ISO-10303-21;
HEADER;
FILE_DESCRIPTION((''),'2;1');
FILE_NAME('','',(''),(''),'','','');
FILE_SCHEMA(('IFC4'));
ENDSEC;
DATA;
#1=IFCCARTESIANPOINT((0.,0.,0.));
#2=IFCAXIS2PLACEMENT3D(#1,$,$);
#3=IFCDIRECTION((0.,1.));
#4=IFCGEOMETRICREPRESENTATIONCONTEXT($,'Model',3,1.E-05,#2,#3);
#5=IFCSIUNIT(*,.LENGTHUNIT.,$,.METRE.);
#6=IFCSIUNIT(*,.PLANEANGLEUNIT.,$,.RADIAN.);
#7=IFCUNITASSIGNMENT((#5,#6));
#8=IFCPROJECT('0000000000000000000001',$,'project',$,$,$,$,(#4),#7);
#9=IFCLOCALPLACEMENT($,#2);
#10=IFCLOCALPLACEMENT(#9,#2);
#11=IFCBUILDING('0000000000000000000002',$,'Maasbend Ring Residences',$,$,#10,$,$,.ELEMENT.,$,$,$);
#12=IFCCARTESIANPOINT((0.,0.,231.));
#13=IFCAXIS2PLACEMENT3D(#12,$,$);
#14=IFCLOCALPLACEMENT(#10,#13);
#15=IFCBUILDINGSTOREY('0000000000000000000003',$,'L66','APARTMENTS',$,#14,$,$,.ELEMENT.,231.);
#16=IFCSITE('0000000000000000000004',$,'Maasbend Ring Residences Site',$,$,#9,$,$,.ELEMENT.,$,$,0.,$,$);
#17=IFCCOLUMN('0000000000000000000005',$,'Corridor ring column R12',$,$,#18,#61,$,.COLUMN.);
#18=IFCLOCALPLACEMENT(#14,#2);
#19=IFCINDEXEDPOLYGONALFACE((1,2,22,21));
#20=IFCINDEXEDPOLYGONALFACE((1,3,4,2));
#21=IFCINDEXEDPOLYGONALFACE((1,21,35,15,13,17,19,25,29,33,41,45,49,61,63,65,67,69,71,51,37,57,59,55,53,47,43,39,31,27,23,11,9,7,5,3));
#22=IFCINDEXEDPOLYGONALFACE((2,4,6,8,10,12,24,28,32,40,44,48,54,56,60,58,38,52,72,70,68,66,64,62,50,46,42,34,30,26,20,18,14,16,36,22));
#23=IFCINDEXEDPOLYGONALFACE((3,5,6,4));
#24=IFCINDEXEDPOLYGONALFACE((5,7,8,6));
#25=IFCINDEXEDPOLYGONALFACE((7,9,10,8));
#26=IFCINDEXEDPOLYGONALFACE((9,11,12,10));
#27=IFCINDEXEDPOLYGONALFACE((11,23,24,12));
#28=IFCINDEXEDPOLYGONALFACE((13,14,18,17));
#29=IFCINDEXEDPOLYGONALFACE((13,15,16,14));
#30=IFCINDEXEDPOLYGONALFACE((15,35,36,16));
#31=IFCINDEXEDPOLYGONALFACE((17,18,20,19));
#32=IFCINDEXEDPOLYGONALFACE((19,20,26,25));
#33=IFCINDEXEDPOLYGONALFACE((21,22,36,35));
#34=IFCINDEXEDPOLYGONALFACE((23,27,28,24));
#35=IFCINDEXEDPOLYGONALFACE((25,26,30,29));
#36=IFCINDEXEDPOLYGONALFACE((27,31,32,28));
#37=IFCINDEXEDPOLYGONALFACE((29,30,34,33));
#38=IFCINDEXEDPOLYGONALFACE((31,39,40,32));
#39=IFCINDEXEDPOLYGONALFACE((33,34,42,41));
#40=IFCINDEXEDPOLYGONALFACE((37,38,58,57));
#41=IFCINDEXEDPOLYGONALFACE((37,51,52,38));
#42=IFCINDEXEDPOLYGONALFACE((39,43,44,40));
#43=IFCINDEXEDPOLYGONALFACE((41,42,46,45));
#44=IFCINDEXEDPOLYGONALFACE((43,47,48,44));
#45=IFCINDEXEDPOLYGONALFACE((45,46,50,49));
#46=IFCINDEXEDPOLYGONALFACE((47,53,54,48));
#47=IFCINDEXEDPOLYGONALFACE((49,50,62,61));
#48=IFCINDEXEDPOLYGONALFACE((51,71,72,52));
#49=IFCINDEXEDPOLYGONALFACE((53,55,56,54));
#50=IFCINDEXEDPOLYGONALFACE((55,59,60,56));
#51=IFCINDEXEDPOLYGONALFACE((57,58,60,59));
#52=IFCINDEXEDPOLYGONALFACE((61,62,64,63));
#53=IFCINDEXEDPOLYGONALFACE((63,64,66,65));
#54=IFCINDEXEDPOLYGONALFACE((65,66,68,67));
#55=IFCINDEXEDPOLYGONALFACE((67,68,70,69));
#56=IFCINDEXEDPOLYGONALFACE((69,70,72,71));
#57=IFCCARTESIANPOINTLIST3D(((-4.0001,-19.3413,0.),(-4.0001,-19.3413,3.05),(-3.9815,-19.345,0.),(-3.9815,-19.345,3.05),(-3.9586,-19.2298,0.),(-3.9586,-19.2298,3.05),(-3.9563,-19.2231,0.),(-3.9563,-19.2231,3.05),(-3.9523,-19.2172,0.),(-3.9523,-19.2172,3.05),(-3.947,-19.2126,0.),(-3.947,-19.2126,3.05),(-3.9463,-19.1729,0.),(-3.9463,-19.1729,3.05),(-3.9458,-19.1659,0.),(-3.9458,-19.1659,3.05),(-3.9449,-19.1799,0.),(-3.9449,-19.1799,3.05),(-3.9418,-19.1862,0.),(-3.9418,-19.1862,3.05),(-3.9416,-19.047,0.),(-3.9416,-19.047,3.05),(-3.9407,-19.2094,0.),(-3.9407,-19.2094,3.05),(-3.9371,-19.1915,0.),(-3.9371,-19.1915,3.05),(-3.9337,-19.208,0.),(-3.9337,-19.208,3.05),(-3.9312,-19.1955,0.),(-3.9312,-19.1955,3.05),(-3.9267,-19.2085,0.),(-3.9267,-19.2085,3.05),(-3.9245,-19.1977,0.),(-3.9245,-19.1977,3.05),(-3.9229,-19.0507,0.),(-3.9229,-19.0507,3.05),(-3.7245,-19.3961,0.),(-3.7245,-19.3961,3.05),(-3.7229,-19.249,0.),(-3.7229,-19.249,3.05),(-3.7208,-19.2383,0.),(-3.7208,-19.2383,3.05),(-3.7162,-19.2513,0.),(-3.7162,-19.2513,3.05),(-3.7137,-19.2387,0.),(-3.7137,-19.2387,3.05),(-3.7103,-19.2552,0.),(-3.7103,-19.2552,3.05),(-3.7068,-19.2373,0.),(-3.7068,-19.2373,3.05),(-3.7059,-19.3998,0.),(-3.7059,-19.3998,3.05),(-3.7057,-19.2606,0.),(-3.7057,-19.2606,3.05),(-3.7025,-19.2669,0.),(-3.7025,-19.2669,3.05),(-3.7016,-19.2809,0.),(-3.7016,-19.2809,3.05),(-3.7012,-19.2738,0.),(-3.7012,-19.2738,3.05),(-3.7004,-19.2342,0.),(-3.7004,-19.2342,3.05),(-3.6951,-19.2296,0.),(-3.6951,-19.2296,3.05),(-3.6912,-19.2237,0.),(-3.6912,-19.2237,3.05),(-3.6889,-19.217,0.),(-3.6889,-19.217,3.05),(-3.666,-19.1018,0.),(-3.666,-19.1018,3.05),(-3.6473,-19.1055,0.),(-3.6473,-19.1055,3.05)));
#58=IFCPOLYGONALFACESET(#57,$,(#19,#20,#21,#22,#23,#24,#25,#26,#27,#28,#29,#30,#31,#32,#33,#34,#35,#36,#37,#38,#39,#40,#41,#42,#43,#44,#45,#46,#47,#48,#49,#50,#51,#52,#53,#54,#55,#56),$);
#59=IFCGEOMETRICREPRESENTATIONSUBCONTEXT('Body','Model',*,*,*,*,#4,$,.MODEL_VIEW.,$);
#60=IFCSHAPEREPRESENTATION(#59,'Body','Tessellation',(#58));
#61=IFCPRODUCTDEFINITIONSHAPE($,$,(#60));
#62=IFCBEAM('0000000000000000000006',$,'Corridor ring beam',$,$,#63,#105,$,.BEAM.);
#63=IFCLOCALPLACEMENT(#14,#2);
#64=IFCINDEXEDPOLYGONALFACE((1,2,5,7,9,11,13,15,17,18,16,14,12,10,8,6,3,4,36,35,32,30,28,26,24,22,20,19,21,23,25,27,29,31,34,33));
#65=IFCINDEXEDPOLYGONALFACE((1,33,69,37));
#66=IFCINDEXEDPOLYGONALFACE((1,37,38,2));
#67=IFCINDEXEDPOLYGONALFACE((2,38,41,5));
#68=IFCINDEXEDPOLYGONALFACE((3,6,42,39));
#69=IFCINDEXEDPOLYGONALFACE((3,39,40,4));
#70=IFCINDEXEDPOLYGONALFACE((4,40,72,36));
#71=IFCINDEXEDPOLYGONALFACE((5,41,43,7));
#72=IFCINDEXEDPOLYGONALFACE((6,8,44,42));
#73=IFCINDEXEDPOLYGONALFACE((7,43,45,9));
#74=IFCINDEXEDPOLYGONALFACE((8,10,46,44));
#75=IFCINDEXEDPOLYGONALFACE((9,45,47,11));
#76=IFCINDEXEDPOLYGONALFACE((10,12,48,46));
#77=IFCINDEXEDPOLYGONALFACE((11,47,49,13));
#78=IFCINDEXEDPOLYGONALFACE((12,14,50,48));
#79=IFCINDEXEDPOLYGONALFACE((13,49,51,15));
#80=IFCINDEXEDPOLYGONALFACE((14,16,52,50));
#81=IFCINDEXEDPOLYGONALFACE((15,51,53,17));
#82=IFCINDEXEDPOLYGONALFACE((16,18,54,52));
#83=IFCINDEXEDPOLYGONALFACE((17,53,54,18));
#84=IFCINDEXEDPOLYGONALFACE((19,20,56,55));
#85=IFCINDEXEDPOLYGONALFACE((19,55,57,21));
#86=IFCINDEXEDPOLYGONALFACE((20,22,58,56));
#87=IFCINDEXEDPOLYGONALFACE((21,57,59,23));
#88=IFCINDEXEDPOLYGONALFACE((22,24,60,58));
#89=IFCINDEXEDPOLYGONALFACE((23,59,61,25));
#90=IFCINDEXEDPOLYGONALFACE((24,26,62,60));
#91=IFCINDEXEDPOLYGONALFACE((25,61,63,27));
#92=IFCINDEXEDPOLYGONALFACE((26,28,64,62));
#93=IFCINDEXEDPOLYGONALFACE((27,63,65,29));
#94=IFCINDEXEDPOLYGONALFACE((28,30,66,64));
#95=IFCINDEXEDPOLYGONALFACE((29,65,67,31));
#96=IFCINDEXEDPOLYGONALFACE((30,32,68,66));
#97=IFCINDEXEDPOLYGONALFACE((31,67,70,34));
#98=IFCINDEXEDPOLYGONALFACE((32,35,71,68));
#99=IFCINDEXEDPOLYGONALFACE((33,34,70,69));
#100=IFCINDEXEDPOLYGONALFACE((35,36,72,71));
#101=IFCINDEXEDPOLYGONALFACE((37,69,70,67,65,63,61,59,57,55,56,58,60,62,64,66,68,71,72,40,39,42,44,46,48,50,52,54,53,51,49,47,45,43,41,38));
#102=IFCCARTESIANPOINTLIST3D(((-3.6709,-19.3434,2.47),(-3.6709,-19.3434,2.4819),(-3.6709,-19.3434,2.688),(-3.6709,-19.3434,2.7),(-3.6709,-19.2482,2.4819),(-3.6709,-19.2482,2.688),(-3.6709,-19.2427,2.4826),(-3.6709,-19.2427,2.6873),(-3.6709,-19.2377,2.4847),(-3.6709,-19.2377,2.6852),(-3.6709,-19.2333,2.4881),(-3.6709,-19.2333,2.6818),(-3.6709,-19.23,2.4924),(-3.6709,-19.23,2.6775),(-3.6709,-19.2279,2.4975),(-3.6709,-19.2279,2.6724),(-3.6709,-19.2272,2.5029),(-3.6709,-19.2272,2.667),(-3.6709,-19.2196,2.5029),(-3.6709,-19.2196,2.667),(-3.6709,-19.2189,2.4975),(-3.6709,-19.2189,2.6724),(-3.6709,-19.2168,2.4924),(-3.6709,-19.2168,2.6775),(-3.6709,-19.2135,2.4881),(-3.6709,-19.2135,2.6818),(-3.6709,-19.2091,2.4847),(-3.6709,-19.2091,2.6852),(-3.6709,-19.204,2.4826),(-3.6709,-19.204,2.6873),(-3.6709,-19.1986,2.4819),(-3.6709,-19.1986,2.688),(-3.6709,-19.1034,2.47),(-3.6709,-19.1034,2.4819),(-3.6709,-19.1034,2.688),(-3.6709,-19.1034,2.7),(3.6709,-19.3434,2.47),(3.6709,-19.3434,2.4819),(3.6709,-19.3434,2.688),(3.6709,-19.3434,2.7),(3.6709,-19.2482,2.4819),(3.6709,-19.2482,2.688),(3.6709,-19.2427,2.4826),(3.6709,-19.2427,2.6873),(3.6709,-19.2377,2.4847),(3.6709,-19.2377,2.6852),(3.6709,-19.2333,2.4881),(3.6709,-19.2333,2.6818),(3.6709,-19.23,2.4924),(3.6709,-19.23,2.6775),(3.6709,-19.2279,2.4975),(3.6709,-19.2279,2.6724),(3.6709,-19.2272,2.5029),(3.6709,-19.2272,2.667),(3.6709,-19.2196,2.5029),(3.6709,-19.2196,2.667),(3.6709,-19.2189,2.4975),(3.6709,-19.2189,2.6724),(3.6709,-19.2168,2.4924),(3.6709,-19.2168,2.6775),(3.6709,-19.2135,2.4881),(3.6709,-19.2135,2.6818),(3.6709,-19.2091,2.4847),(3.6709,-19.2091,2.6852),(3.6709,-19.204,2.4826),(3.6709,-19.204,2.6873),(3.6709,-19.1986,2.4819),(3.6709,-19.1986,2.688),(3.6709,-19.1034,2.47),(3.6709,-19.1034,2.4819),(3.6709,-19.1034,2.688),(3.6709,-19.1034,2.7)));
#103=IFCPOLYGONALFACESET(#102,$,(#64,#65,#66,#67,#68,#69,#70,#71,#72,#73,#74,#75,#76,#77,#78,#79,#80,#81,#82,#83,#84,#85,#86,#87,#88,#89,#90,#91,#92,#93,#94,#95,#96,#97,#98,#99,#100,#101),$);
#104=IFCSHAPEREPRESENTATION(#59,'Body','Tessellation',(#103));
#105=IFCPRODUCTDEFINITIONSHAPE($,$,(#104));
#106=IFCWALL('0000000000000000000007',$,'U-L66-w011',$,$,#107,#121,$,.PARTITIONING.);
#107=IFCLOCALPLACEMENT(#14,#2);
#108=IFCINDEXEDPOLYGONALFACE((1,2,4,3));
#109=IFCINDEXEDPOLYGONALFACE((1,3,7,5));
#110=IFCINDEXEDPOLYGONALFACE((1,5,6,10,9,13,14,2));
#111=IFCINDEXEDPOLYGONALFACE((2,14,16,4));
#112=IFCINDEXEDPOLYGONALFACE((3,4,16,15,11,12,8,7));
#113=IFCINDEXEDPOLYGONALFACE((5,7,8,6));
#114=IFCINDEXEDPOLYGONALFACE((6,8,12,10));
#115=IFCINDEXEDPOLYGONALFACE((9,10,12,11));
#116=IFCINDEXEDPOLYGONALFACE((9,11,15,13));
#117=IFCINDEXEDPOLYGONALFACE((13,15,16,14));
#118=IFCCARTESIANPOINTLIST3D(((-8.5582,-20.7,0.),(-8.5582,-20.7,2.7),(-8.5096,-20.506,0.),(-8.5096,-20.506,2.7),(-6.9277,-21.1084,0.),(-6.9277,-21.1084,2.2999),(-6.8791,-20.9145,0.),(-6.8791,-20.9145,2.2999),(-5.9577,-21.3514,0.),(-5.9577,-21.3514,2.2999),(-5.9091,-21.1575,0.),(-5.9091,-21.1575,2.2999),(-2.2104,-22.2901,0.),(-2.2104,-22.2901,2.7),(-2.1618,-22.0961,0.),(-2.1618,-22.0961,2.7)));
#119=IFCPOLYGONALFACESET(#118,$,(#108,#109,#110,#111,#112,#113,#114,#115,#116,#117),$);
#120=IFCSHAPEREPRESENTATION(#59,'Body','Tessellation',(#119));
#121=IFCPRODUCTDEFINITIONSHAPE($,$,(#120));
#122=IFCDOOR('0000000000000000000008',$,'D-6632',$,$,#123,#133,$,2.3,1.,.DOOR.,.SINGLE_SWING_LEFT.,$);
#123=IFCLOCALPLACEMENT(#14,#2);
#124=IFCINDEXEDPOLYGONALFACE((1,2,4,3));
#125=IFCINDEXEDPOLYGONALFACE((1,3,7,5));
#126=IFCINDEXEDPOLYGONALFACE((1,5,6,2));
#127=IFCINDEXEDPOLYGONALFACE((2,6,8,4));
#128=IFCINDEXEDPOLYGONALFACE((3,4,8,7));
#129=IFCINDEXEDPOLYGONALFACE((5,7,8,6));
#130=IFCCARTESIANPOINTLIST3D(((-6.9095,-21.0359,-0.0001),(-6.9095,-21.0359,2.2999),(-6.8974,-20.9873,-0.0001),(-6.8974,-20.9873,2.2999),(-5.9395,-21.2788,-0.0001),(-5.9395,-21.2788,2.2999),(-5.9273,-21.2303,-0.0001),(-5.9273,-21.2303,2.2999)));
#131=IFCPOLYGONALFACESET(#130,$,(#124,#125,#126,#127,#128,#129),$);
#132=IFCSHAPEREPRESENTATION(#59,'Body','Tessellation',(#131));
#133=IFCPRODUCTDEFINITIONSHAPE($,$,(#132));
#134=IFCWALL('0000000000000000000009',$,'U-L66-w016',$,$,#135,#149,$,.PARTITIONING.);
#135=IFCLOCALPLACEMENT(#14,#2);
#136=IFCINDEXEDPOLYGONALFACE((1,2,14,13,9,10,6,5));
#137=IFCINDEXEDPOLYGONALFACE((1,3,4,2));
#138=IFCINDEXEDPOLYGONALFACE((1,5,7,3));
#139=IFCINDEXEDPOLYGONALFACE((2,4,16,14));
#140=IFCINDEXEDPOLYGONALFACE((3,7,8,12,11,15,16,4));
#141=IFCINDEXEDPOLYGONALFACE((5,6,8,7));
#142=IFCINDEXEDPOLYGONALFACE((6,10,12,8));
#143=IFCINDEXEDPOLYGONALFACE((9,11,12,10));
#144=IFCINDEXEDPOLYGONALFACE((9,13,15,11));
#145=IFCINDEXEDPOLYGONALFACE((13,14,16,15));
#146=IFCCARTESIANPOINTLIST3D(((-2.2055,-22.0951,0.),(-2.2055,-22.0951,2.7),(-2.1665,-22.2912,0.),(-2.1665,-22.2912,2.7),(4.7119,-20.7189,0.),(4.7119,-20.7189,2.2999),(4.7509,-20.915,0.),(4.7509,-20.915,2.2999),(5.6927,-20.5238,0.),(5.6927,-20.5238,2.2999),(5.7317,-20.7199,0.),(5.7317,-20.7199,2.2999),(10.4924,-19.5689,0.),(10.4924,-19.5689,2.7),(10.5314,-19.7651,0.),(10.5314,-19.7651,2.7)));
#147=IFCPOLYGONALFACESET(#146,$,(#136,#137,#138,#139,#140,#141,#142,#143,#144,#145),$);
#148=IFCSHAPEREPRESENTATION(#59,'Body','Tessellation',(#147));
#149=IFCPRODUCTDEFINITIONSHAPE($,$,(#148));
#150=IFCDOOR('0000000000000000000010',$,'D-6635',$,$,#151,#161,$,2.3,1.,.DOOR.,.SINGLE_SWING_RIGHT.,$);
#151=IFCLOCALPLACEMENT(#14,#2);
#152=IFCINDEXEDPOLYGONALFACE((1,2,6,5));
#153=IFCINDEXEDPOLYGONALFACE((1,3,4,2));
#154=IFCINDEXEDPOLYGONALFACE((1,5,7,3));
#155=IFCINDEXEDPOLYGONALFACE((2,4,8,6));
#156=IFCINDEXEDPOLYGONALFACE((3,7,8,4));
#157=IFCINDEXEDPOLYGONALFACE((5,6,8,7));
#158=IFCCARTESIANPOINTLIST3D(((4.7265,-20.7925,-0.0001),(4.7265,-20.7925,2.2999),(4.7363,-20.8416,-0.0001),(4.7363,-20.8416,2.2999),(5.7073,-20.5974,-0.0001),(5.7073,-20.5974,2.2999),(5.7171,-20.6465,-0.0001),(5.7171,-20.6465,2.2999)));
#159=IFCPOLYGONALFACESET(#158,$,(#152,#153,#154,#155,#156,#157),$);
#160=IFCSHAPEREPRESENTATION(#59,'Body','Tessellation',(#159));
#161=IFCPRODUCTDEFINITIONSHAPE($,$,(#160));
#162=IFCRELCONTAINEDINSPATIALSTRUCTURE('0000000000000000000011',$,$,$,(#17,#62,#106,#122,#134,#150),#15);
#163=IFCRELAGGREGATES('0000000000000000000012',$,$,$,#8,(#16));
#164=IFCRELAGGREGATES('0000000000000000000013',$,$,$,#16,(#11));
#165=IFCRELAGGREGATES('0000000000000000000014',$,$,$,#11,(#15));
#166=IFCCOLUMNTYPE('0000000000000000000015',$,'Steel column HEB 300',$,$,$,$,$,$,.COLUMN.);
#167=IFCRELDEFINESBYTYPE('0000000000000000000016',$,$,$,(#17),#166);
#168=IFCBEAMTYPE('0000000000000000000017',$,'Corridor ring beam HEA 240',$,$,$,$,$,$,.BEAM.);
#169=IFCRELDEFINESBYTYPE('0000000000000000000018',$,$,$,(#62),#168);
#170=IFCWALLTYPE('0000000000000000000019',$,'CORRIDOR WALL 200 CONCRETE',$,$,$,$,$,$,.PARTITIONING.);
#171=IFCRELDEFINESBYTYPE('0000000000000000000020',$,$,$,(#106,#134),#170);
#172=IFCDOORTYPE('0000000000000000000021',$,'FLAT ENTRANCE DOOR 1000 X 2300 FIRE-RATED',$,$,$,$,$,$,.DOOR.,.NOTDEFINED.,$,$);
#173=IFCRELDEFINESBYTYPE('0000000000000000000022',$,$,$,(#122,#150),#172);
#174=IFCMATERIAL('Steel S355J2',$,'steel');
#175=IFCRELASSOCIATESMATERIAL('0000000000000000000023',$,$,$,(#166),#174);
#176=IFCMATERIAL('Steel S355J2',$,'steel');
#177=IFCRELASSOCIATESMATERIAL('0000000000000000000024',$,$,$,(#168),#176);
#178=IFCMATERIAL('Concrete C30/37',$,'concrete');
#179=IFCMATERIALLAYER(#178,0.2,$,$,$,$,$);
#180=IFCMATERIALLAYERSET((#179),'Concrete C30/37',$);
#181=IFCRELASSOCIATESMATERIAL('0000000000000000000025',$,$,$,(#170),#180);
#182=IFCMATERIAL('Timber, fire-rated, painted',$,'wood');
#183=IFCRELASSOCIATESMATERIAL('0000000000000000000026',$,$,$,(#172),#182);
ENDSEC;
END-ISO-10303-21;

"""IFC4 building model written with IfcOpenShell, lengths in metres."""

from ifc_helpers import new_model, si_unit, direction, frame, frame_2d, origin, origin_2d, place, context, subcontext, project, spatial, rectangle, i_section, extrude, material, layer, layer_set, material_profile, profile_set, type_object, element, fill, save


model = new_model("IFC4")

# Units and contexts
model_context = context("Model", 3, precision=1e-05, world=origin(), true_north=direction((0.0, 1.0)))
body_context = subcontext(model_context, "Body", "Model", "MODEL_VIEW")
ifc_project = project(units=[si_unit("LENGTHUNIT", "METRE"), si_unit("PLANEANGLEUNIT", "RADIAN")], contexts=[model_context])

# Site, building, storey
site_placement = place(None, origin())
site = spatial("IfcSite", under=ifc_project, at=site_placement, Name="Maasbend Ring Residences Site", CompositionType="ELEMENT", RefElevation=0.0)
building_placement = place(site_placement, origin())
building = spatial("IfcBuilding", under=site, at=building_placement, Name="Maasbend Ring Residences", CompositionType="ELEMENT")
storey_placement = place(building_placement, frame((0.0, 0.0, 231.0)))
storey = spatial("IfcBuildingStorey", under=building, at=storey_placement, Name="L66", Description="APARTMENTS", CompositionType="ELEMENT", Elevation=231.0)

# Column
ifc_material_1 = material(Name="Steel S355J2", Category="steel")
ifc_material_profile_1 = material_profile(ifc_material_1, i_section(OverallWidth=0.3, OverallDepth=0.3, WebThickness=0.011, FlangeThickness=0.019, FilletRadius=0.0271, at=origin_2d()), Name="HEB 300")
ifc_profile_set_1 = profile_set([ifc_material_profile_1], Name="Steel S355J2")
column_type = type_object("IfcColumnType", Name="Steel column HEB 300", PredefinedType="COLUMN", material=ifc_profile_set_1)
column_placement = place(storey_placement, frame((-3.8237, -19.2234, 0.0), z_axis=(0.0, 0.0, 1.0), x_axis=(-0.19509, -0.980785, 0.0)))
element("IfcColumn", 1, at=column_placement, inside=storey, type_object=column_type, Name="Corridor ring column R12", PredefinedType="COLUMN", context=body_context, shape_type="SweptSolid", body=[
    extrude(i_section(OverallWidth=0.3, OverallDepth=0.3, WebThickness=0.011, FlangeThickness=0.019, FilletRadius=0.0271, at=origin_2d()), origin(), (0.0, 0.0, 1.0), 3.05),
])

# Beam
ifc_material_2 = material(Name="Steel S355J2", Category="steel")
ifc_material_profile_2 = material_profile(ifc_material_2, i_section(OverallWidth=0.24, OverallDepth=0.23, WebThickness=0.0076, FlangeThickness=0.012, FilletRadius=0.021, at=origin_2d()), Name="HEA 240")
ifc_profile_set_2 = profile_set([ifc_material_profile_2], Name="Steel S355J2")
beam_type = type_object("IfcBeamType", Name="Corridor ring beam HEA 240", PredefinedType="BEAM", material=ifc_profile_set_2)
beam_placement = place(storey_placement, frame((-3.6709, -19.2234, 2.585), z_axis=(1.0, 0.0, 0.0), x_axis=(0.0, 1.0, 0.0)))
element("IfcBeam", 2, at=beam_placement, inside=storey, type_object=beam_type, Name="Corridor ring beam", PredefinedType="BEAM", context=body_context, shape_type="SweptSolid", body=[
    extrude(i_section(OverallWidth=0.24, OverallDepth=0.23, WebThickness=0.0076, FlangeThickness=0.012, FilletRadius=0.021, at=origin_2d()), origin(), (0.0, 0.0, 1.0), 7.3418),
])

# Walls, openings, doors
ifc_material_3 = material(Name="Concrete C30/37", Category="concrete")
ifc_layer_1 = layer(ifc_material_3, 0.2)
ifc_layer_set_1 = layer_set([ifc_layer_1], Name="Concrete C30/37")
wall_type_1 = type_object("IfcWallType", Name="CORRIDOR WALL 200 CONCRETE", PredefinedType="PARTITIONING", material=ifc_layer_set_1)
wall_1_placement = place(storey_placement, frame((-8.5339, -20.603, 0.0), z_axis=(0.0, 0.0, 1.0), x_axis=(0.97003, -0.242983, 0.0)))
wall_1 = element("IfcWall", 3, at=wall_1_placement, inside=storey, type_object=wall_type_1, Name="U-L66-w011", PredefinedType="PARTITIONING", context=body_context, shape_type="SweptSolid", body=[
    extrude(rectangle(XDim=6.5439, YDim=0.2, at=frame_2d((3.272, 0.0))), origin(), (0.0, 0.0, 1.0), 2.7),
])
opening_1_placement = place(wall_1_placement, frame((1.6809, 0.0, 0.0)))
opening_1 = element("IfcOpeningElement", 4, at=opening_1_placement, cuts=wall_1, PredefinedType="OPENING", context=body_context, shape_type="SweptSolid", body=[
    extrude(rectangle(XDim=1.0, YDim=2.3, at=frame_2d((0.5, 1.1499))), frame((0.0, 0.1099, 0.0), z_axis=(0.0, -1.0, 0.0), x_axis=(1.0, 0.0, 0.0)), (0.0, 0.0, 1.0), 0.22),
])
ifc_material_4 = material(Name="Timber, fire-rated, painted", Category="wood")
door_type_1 = type_object("IfcDoorType", Name="FLAT ENTRANCE DOOR 1000 X 2300 FIRE-RATED", OperationType="NOTDEFINED", PredefinedType="DOOR", material=ifc_material_4)
door_1_placement = place(opening_1_placement, origin())
door_1 = element("IfcDoor", 5, at=door_1_placement, inside=storey, type_object=door_type_1, Name="D-6632", OperationType="SINGLE_SWING_LEFT", OverallHeight=2.3, OverallWidth=1.0, PredefinedType="DOOR", context=body_context, shape_type="SweptSolid", body=[
    extrude(rectangle(XDim=1.0, YDim=2.3, at=frame_2d((0.5, 1.1499))), frame((0.0, 0.0249, 0.0), z_axis=(0.0, -1.0, 0.0), x_axis=(1.0, 0.0, 0.0)), (0.0, 0.0, 1.0), 0.05),
])
fill(opening_1, door_1)
wall_2_placement = place(storey_placement, frame((-2.186, -22.1931, 0.0), z_axis=(0.0, 0.0, 1.0), x_axis=(0.98078, 0.195115, 0.0)))
wall_2 = element("IfcWall", 6, at=wall_2_placement, inside=storey, type_object=wall_type_1, Name="U-L66-w016", PredefinedType="PARTITIONING", context=body_context, shape_type="SweptSolid", body=[
    extrude(rectangle(XDim=12.9468, YDim=0.2, at=frame_2d((6.4734, 0.0))), origin(), (0.0, 0.0, 1.0), 2.7),
])
opening_2_placement = place(wall_2_placement, frame((7.053, 0.0, 0.0)))
opening_2 = element("IfcOpeningElement", 7, at=opening_2_placement, cuts=wall_2, PredefinedType="OPENING", context=body_context, shape_type="SweptSolid", body=[
    extrude(rectangle(XDim=1.0, YDim=2.3, at=frame_2d((0.5, 1.1499))), frame((0.0, 0.1099, 0.0), z_axis=(0.0, -1.0, 0.0), x_axis=(1.0, 0.0, 0.0)), (0.0, 0.0, 1.0), 0.22),
])
door_2_placement = place(opening_2_placement, origin())
door_2 = element("IfcDoor", 8, at=door_2_placement, inside=storey, type_object=door_type_1, Name="D-6635", OperationType="SINGLE_SWING_RIGHT", OverallHeight=2.3, OverallWidth=1.0, PredefinedType="DOOR", context=body_context, shape_type="SweptSolid", body=[
    extrude(rectangle(XDim=1.0, YDim=2.3, at=frame_2d((0.5, 1.1499))), frame((0.0, 0.0249, 0.0), z_axis=(0.0, -1.0, 0.0), x_axis=(1.0, 0.0, 0.0)), (0.0, 0.0, 1.0), 0.05),
])
fill(opening_2, door_2)

save(model, "model.ifc")
